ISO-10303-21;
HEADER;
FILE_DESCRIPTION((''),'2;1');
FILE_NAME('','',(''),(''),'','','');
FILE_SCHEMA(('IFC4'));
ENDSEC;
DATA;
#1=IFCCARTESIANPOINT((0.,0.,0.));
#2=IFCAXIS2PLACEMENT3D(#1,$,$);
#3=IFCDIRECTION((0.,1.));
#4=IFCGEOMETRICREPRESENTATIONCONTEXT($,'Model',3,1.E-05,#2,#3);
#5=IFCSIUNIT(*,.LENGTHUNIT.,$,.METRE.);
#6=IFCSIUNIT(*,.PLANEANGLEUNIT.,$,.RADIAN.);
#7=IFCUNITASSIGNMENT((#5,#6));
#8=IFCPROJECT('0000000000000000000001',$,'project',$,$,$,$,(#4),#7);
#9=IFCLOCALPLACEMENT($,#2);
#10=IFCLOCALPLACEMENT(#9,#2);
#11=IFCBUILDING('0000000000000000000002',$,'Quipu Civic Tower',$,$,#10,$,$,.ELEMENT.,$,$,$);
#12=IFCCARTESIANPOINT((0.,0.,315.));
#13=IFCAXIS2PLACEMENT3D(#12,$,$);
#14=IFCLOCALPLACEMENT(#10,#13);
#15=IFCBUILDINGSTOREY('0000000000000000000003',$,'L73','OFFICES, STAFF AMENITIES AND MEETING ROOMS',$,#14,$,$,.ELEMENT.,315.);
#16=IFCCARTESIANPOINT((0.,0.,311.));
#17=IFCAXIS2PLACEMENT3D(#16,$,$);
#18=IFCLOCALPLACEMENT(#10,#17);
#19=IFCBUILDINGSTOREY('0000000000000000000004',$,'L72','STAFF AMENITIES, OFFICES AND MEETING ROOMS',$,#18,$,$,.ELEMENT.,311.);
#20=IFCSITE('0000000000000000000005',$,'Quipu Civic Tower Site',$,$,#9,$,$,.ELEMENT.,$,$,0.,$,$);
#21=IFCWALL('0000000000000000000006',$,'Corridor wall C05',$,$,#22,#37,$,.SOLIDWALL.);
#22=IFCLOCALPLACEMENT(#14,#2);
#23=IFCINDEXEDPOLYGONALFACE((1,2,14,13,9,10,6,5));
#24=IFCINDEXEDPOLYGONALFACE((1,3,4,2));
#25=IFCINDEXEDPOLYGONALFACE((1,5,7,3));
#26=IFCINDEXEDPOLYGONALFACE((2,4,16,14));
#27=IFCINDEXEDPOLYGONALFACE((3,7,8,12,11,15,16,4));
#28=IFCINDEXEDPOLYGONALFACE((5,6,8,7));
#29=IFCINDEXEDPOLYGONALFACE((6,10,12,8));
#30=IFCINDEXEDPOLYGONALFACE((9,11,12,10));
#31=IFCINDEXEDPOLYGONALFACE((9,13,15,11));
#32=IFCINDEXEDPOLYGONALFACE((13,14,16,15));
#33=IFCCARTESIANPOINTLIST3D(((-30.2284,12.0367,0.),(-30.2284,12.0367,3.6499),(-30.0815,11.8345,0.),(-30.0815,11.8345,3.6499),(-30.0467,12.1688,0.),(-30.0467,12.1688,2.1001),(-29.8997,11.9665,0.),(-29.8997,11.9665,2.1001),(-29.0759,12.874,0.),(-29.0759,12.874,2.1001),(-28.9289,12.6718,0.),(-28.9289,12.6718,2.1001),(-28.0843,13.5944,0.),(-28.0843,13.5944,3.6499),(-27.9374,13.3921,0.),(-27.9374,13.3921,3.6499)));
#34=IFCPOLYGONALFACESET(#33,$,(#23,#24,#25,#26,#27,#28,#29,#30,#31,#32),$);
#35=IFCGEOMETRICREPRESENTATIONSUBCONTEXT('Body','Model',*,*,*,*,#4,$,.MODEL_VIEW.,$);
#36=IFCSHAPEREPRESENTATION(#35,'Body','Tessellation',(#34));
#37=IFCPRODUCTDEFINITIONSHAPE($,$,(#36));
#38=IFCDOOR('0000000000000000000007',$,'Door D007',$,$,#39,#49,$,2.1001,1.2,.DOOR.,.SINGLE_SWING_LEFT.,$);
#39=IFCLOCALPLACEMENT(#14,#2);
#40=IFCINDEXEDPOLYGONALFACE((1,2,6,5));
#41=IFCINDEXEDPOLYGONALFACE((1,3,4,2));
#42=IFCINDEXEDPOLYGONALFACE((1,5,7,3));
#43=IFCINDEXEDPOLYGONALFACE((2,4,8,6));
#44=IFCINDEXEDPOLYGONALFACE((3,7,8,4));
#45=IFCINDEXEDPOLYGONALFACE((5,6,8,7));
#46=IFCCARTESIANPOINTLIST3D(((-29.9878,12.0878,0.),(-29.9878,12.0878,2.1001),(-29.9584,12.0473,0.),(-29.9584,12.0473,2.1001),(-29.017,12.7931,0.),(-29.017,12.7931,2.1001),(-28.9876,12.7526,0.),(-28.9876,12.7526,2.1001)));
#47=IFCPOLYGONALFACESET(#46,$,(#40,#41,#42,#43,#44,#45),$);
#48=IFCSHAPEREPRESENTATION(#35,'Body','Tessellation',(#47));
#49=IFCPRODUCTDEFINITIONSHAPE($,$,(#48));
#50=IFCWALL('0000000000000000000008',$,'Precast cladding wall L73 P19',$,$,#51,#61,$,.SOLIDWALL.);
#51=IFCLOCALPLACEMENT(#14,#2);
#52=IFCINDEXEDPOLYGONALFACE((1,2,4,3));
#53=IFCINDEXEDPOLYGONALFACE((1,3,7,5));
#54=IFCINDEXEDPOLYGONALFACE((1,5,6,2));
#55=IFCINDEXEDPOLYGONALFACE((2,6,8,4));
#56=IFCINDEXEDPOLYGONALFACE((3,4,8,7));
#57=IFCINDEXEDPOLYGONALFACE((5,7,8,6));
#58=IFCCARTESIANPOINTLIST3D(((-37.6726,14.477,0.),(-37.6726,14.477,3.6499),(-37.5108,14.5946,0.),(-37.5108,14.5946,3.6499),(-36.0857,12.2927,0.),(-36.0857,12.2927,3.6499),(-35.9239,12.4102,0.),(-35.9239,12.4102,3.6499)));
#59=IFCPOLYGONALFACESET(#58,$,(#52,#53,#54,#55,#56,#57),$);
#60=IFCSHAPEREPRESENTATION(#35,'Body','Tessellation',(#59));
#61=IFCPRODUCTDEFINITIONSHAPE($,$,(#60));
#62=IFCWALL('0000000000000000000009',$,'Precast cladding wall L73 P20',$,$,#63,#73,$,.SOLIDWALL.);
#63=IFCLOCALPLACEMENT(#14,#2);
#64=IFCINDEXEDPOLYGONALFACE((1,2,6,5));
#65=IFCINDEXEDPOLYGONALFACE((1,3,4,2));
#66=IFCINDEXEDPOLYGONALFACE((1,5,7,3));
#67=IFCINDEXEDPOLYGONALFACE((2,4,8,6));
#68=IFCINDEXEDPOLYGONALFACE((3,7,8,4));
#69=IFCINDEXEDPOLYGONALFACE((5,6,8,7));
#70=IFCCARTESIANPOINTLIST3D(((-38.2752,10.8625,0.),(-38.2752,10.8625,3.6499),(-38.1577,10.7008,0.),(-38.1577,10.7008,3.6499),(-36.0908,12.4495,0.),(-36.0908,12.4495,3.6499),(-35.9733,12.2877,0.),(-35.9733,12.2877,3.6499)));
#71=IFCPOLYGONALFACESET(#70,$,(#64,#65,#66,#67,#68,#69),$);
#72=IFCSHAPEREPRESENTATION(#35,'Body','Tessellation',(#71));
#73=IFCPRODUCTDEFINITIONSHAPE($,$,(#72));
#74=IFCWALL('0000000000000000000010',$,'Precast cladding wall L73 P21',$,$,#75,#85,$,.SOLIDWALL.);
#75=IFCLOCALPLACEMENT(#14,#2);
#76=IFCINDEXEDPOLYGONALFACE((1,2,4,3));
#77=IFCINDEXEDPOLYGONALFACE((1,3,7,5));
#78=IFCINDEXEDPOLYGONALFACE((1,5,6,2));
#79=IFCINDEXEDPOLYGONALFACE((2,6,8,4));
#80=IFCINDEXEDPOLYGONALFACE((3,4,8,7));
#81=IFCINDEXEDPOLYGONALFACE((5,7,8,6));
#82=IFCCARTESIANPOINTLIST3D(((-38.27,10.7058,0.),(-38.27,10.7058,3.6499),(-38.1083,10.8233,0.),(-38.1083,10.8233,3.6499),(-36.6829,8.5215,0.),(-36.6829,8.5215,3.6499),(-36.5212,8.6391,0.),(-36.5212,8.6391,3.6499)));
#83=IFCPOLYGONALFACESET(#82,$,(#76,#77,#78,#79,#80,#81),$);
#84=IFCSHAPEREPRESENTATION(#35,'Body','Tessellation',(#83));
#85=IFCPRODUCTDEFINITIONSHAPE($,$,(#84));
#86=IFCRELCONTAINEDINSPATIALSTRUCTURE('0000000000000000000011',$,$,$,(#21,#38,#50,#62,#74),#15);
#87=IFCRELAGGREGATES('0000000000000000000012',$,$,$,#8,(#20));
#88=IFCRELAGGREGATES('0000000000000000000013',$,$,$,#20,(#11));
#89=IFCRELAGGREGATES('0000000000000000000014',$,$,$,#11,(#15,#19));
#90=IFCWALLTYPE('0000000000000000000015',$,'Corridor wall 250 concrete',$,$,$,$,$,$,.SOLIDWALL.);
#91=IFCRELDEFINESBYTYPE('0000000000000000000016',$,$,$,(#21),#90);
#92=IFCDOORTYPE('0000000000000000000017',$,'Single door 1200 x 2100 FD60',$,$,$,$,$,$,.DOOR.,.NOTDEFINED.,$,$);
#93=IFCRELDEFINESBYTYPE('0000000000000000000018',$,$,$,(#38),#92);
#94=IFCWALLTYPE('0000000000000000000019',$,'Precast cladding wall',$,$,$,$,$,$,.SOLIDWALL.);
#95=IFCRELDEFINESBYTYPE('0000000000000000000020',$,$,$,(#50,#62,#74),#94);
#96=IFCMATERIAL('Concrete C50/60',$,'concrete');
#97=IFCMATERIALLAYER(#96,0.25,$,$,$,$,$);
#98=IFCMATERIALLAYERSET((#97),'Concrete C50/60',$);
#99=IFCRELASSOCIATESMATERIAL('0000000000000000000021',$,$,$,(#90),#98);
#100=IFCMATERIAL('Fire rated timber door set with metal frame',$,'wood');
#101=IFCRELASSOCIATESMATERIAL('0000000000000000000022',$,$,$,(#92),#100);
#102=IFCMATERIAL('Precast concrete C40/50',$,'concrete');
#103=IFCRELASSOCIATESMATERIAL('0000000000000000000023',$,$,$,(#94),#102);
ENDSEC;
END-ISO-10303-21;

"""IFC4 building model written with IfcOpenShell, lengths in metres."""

from ifc_helpers import new_model, si_unit, direction, frame, frame_2d, origin, place, context, subcontext, project, spatial, rectangle, extrude, material, layer, layer_set, type_object, element, fill, save


model = new_model("IFC4")

# Units and contexts
model_context = context("Model", 3, precision=1e-05, world=origin(), true_north=direction((0.0, 1.0)))
body_context = subcontext(model_context, "Body", "Model", "MODEL_VIEW")
ifc_project = project(units=[si_unit("LENGTHUNIT", "METRE"), si_unit("PLANEANGLEUNIT", "RADIAN")], contexts=[model_context])

# Site, building, storey
site_placement = place(None, origin())
site = spatial("IfcSite", under=ifc_project, at=site_placement, Name="Quipu Civic Tower Site", CompositionType="ELEMENT", RefElevation=0.0)
building_placement = place(site_placement, origin())
building = spatial("IfcBuilding", under=site, at=building_placement, Name="Quipu Civic Tower", CompositionType="ELEMENT")
storey_1_placement = place(building_placement, frame((0.0, 0.0, 315.0)))
storey_1 = spatial("IfcBuildingStorey", under=building, at=storey_1_placement, Name="L73", Description="OFFICES, STAFF AMENITIES AND MEETING ROOMS", CompositionType="ELEMENT", Elevation=315.0)

# Shared definitions
storey_2_placement = place(building_placement, frame((0.0, 0.0, 311.0)))
storey_2 = spatial("IfcBuildingStorey", under=building, at=storey_2_placement, Name="L72", Description="STAFF AMENITIES, OFFICES AND MEETING ROOMS", CompositionType="ELEMENT", Elevation=311.0)

# Wall, opening, door
ifc_material_1 = material(Name="Concrete C50/60", Category="concrete")
ifc_layer_1 = layer(ifc_material_1, 0.25)
ifc_layer_set_1 = layer_set([ifc_layer_1], Name="Concrete C50/60")
wall_type_1 = type_object("IfcWallType", Name="Corridor wall 250 concrete", PredefinedType="SOLIDWALL", material=ifc_layer_set_1)
wall_placement = place(storey_1_placement, frame((-30.155, 11.9355, 0.0), z_axis=(0.0, 0.0, 1.0), x_axis=(0.809039, 0.587755, 0.0)))
wall = element("IfcWall", 1, at=wall_placement, inside=storey_1, type_object=wall_type_1, Name="Corridor wall C05", PredefinedType="SOLIDWALL", context=body_context, shape_type="SweptSolid", body=[
    extrude(rectangle(XDim=2.6501, YDim=0.25, at=frame_2d((1.3252, 0.0))), origin(), (0.0, 0.0, 1.0), 3.6499),
])
opening_placement = place(wall_placement, frame((0.2246, 0.0, 0.0)))
opening = element("IfcOpeningElement", 2, at=opening_placement, cuts=wall, PredefinedType="OPENING", context=body_context, shape_type="SweptSolid", body=[
    extrude(rectangle(XDim=1.2, YDim=2.1001, at=frame_2d((0.6001, 1.05))), frame((0.0, 0.135, 0.0), z_axis=(0.0, -1.0, 0.0), x_axis=(1.0, 0.0, 0.0)), (0.0, 0.0, 1.0), 0.27),
])
ifc_material_2 = material(Name="Fire rated timber door set with metal frame", Category="wood")
door_type = type_object("IfcDoorType", Name="Single door 1200 x 2100 FD60", OperationType="NOTDEFINED", PredefinedType="DOOR", material=ifc_material_2)
door_placement = place(opening_placement, origin())
door = element("IfcDoor", 3, at=door_placement, inside=storey_1, type_object=door_type, Name="Door D007", OperationType="SINGLE_SWING_LEFT", OverallHeight=2.1001, OverallWidth=1.2, PredefinedType="DOOR", context=body_context, shape_type="SweptSolid", body=[
    extrude(rectangle(XDim=1.2, YDim=2.1001, at=frame_2d((0.6001, 1.05))), frame((0.0, 0.0249, 0.0), z_axis=(0.0, -1.0, 0.0), x_axis=(1.0, 0.0, 0.0)), (0.0, 0.0, 1.0), 0.05),
])
fill(opening, door)

# Walls
ifc_material_3 = material(Name="Precast concrete C40/50", Category="concrete")
wall_type_2 = type_object("IfcWallType", Name="Precast cladding wall", PredefinedType="SOLIDWALL", material=ifc_material_3)
for number, where, z_axis, x_axis, name in (
    (4, (-37.5918, 14.5359, 0.0), (0.0, 0.0, 1.0), (0.587763, -0.809033, 0.0), "Precast cladding wall L73 P19"),
    (5, (-36.032, 12.3687, 0.0), (0.0, 0.0, 1.0), (-0.809033, -0.587763, 0.0), "Precast cladding wall L73 P20"),
    (6, (-38.1892, 10.7646, 0.0), (0.0, 0.0, 1.0), (0.587822, -0.80899, 0.0), "Precast cladding wall L73 P21"),
):
    element("IfcWall", number, at=place(storey_1_placement, frame(where, z_axis=z_axis, x_axis=x_axis)), inside=storey_1, type_object=wall_type_2, Name=name, PredefinedType="SOLIDWALL", context=body_context, shape_type="SweptSolid", body=[
        extrude(rectangle(XDim=2.7, YDim=0.2, at=frame_2d((1.3501, 0.0))), origin(), (0.0, 0.0, 1.0), 3.6499),
    ])

save(model, "model.ifc")
